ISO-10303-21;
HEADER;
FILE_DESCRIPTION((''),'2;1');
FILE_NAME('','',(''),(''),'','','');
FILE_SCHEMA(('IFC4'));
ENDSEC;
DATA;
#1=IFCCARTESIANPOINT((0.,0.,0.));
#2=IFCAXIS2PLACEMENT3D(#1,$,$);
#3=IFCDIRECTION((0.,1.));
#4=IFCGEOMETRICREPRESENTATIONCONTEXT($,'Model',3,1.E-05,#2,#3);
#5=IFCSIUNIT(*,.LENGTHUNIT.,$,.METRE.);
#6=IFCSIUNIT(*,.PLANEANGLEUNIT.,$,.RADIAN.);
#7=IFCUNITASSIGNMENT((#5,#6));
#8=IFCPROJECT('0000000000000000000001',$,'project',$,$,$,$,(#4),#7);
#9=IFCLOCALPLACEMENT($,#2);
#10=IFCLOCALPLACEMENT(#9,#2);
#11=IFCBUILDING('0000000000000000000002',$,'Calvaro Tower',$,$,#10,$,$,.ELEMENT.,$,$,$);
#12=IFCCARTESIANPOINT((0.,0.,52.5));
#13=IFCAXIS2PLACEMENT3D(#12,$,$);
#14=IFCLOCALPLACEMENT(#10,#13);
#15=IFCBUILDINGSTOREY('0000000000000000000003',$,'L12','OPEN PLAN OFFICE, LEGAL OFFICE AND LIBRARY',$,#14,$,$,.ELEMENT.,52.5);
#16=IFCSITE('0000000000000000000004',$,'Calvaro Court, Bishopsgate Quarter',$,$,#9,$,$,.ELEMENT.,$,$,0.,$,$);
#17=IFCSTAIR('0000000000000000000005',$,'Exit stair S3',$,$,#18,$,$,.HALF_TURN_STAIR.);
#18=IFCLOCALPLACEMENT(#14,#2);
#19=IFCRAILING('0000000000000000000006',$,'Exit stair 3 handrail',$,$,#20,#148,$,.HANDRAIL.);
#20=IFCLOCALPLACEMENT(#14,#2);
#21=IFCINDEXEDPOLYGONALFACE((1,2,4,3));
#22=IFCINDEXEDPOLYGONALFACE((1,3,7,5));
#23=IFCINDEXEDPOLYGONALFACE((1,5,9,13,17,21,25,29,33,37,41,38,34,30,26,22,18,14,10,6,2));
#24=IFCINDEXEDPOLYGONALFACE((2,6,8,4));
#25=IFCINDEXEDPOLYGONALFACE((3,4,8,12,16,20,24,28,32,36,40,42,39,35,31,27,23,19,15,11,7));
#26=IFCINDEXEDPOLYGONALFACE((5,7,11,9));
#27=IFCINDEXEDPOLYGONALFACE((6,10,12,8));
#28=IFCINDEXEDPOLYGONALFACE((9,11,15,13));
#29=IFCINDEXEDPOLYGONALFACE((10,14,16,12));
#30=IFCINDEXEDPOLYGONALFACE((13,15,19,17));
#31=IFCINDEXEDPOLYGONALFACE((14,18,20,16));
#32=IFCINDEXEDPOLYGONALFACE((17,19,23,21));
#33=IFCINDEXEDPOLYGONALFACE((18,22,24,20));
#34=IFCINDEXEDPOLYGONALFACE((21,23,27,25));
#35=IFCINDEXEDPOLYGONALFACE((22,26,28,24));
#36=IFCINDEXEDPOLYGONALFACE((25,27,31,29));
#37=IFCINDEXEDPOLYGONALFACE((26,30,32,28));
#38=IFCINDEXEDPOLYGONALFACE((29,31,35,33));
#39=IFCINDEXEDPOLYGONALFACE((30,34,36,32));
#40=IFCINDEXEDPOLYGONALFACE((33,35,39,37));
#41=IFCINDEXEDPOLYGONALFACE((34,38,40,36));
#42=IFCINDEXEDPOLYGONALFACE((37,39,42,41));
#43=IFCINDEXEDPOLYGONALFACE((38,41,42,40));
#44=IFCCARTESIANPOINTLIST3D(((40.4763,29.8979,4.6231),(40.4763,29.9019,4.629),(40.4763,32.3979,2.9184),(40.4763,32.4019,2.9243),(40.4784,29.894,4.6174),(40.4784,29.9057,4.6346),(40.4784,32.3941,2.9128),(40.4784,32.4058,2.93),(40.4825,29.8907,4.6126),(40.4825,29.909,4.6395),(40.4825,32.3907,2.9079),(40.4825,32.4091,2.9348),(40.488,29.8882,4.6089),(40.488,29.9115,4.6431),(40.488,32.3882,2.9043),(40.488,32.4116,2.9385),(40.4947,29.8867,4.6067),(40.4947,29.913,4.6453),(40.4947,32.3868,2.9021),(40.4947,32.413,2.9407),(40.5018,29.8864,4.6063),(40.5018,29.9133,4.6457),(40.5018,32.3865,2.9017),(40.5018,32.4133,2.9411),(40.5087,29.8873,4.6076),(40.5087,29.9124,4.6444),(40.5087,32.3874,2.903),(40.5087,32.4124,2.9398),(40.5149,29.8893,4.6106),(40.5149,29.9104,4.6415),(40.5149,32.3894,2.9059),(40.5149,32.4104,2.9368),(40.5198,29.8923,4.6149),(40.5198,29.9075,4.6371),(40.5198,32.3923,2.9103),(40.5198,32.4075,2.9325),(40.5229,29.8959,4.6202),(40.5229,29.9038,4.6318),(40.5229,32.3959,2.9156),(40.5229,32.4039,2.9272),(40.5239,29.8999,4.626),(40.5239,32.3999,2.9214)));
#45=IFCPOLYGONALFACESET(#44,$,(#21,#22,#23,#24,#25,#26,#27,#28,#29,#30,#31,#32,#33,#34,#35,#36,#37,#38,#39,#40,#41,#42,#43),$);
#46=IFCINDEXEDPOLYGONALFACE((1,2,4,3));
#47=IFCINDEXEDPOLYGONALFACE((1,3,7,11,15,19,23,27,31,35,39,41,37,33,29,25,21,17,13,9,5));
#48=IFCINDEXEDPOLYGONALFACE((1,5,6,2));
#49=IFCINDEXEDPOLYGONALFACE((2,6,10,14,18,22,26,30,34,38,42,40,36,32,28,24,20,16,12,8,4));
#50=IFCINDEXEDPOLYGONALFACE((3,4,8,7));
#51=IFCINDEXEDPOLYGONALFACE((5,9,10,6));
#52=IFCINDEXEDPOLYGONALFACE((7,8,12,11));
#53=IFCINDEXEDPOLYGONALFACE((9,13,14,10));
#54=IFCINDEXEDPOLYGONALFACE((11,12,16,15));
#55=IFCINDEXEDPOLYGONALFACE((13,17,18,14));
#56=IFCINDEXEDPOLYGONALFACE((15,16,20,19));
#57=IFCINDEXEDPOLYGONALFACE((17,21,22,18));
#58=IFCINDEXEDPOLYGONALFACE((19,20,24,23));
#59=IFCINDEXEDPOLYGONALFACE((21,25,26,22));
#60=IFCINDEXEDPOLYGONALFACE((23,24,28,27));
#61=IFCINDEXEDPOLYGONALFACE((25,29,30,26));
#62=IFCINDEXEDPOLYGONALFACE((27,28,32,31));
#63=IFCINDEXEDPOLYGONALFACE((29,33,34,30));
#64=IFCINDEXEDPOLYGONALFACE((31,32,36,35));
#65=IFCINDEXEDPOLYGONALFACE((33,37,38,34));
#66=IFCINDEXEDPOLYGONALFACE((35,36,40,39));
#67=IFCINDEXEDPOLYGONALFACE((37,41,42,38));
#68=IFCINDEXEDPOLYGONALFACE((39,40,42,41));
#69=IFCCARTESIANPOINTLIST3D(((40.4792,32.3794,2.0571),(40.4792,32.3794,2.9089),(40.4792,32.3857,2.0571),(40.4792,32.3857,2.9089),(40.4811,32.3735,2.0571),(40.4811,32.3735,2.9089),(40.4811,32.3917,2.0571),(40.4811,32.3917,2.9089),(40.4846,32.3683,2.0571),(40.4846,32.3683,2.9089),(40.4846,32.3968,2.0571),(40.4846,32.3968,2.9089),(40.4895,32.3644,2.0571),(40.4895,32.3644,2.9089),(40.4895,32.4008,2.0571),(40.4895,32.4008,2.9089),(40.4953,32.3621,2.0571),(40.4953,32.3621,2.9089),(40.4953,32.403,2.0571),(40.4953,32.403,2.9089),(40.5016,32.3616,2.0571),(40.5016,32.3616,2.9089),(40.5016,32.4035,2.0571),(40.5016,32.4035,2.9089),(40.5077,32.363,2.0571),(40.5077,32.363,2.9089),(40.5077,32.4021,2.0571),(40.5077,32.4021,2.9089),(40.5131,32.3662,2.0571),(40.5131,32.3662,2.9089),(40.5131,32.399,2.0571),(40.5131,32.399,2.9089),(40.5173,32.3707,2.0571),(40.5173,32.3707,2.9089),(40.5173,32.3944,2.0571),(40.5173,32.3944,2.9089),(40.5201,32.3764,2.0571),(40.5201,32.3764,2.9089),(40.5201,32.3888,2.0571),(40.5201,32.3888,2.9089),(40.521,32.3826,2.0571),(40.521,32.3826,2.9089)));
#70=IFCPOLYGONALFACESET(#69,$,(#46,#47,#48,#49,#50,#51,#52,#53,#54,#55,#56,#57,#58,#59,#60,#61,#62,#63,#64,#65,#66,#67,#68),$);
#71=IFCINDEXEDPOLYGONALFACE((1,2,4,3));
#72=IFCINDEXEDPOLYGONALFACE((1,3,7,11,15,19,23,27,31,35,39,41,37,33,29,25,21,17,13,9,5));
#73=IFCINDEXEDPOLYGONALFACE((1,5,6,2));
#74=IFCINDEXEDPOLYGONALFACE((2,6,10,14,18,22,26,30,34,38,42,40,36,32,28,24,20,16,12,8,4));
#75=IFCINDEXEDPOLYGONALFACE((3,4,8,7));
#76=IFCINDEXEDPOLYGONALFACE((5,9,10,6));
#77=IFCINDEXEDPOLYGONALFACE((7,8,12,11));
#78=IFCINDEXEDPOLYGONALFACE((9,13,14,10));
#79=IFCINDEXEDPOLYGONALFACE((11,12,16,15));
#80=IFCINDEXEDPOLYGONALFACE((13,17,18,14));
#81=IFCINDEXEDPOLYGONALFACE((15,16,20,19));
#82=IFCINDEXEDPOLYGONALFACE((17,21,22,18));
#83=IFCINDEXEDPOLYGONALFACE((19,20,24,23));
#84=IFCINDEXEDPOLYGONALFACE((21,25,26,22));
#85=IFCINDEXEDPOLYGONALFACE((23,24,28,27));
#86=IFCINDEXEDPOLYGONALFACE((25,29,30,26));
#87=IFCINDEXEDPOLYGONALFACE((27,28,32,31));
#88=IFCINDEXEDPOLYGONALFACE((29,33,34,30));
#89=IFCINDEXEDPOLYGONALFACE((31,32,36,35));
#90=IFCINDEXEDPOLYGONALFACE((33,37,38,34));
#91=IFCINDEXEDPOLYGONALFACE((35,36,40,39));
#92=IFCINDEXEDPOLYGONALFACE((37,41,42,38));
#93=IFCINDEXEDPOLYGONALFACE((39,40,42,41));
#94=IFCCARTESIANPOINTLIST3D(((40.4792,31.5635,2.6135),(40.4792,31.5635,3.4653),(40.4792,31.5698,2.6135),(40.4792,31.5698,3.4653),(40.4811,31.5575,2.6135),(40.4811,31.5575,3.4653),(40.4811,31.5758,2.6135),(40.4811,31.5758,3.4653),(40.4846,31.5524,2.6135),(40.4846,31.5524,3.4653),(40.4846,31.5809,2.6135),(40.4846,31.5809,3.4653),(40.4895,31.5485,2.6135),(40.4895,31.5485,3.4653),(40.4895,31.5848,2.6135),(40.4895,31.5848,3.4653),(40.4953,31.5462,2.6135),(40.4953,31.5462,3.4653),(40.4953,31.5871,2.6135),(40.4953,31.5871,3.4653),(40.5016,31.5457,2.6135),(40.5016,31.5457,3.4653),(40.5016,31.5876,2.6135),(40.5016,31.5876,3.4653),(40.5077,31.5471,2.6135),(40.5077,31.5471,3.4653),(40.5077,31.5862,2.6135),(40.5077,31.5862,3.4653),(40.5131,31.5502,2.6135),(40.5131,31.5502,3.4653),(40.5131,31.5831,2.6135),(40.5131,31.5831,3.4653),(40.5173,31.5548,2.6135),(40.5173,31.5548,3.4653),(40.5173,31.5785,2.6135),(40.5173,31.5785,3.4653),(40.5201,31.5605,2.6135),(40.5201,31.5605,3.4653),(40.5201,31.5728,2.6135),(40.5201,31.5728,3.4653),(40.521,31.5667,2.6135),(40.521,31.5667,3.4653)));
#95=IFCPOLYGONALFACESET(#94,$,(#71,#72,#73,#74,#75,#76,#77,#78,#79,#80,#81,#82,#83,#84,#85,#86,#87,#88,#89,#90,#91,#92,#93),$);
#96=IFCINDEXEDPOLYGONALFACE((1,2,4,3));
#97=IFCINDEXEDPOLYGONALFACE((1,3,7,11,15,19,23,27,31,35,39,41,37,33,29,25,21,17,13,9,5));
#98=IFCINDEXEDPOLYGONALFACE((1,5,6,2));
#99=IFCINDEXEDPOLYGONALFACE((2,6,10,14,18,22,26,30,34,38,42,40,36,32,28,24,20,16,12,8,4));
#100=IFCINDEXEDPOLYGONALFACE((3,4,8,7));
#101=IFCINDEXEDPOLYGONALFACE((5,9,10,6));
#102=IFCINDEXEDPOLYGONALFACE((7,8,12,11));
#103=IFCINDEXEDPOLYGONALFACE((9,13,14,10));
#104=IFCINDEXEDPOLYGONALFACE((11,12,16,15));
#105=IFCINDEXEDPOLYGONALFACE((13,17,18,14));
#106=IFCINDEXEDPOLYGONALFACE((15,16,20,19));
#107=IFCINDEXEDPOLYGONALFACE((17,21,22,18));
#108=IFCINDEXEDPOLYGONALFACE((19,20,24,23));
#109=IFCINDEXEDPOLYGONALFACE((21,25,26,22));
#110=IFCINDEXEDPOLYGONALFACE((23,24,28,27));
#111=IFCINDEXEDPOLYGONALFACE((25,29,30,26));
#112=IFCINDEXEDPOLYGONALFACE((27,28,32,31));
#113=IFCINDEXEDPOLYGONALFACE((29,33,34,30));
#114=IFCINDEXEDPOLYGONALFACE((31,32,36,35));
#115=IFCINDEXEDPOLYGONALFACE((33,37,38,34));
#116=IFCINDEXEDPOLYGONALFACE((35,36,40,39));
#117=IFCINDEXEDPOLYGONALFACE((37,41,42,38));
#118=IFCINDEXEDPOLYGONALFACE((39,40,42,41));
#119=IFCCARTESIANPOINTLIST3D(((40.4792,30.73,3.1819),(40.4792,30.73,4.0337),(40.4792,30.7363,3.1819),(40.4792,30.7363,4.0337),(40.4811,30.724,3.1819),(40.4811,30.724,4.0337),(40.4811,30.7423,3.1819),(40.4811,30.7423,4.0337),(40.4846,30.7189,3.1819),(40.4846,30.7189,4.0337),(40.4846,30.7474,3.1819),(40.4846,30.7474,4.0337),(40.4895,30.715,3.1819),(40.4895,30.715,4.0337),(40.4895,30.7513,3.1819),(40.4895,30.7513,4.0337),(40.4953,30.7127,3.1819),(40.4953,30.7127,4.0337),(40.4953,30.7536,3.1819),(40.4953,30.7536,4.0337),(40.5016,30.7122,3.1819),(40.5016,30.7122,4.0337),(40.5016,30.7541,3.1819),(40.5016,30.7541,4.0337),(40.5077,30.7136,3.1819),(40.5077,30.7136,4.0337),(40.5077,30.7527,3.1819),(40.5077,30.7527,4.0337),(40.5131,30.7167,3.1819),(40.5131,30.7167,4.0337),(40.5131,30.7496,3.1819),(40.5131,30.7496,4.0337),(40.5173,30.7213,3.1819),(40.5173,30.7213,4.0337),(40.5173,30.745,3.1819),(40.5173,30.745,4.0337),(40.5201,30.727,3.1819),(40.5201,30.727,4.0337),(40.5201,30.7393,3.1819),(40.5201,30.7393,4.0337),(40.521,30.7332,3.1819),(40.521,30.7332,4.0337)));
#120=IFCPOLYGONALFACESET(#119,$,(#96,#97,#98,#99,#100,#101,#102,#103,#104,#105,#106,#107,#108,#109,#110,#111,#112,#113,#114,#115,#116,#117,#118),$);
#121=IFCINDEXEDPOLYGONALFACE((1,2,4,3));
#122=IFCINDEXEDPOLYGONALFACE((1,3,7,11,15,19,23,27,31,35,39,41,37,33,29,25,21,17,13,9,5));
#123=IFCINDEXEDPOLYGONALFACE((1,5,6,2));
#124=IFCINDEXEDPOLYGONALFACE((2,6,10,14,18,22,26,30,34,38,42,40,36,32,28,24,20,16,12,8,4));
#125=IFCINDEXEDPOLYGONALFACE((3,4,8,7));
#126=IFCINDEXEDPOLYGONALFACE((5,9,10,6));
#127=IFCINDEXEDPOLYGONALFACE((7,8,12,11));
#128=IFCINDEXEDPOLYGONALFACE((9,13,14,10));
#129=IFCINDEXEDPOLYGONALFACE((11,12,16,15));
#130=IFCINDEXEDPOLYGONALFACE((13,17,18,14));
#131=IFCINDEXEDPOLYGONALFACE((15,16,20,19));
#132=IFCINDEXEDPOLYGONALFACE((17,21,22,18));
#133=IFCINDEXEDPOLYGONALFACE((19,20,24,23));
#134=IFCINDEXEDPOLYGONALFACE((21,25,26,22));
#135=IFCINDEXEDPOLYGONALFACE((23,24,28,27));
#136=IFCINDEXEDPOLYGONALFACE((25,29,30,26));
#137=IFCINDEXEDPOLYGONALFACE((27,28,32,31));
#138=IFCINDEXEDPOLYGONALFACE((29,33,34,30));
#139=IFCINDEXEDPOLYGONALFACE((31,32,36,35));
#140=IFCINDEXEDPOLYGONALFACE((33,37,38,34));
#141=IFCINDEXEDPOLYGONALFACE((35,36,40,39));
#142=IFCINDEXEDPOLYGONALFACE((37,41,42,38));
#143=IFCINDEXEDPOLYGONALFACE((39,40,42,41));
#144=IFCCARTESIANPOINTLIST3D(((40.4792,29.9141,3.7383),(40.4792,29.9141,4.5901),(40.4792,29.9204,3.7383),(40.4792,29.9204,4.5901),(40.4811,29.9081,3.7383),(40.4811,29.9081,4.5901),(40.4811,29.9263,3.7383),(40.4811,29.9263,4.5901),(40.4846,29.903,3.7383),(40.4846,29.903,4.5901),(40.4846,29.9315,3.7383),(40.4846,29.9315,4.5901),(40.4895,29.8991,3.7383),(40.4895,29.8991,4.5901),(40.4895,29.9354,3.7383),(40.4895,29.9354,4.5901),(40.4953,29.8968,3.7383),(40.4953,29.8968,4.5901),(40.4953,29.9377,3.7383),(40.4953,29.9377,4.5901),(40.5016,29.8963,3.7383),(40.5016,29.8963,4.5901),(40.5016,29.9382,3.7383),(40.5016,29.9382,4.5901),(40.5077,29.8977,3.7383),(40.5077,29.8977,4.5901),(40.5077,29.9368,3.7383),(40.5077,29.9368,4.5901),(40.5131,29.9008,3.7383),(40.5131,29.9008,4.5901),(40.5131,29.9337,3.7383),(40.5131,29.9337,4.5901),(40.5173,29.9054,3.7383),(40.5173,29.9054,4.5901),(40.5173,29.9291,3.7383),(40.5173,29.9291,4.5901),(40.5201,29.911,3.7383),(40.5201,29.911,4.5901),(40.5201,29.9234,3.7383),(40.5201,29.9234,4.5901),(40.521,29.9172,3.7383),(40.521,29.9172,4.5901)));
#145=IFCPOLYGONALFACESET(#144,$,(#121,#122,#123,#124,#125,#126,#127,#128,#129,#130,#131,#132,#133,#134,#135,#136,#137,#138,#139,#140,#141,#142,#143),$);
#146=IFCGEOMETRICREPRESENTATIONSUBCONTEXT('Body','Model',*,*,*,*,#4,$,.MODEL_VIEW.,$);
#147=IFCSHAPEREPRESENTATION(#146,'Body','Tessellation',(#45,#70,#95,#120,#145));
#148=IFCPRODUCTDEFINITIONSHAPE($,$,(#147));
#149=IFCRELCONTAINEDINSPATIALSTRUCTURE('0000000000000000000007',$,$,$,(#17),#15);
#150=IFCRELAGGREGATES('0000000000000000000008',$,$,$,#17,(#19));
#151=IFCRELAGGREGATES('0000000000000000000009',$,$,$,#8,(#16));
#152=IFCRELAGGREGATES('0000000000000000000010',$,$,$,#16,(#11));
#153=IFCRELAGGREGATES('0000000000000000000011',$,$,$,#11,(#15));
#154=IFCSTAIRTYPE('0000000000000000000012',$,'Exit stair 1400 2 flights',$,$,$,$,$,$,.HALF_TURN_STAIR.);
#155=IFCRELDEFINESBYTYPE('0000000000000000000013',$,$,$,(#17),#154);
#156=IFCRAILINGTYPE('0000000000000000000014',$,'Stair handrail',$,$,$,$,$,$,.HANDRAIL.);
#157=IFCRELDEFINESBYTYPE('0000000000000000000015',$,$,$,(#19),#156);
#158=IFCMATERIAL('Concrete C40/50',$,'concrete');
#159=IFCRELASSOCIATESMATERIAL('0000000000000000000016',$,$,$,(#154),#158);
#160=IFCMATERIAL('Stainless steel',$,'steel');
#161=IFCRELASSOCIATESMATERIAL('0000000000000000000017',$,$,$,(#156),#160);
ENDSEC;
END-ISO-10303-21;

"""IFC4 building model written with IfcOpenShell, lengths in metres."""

from ifc_helpers import new_model, si_unit, direction, frame, origin, origin_2d, place, context, subcontext, project, spatial, circle, extrude, material, type_object, element, aggregate, save


model = new_model("IFC4")

# Units and contexts
model_context = context("Model", 3, precision=1e-05, world=origin(), true_north=direction((0.0, 1.0)))
body_context = subcontext(model_context, "Body", "Model", "MODEL_VIEW")
ifc_project = project(units=[si_unit("LENGTHUNIT", "METRE"), si_unit("PLANEANGLEUNIT", "RADIAN")], contexts=[model_context])

# Site, building, storey
site_placement = place(None, origin())
site = spatial("IfcSite", under=ifc_project, at=site_placement, Name="Calvaro Court, Bishopsgate Quarter", CompositionType="ELEMENT", RefElevation=0.0)
building_placement = place(site_placement, origin())
building = spatial("IfcBuilding", under=site, at=building_placement, Name="Calvaro Tower", CompositionType="ELEMENT")
storey_placement = place(building_placement, frame((0.0, 0.0, 52.5)))
storey = spatial("IfcBuildingStorey", under=building, at=storey_placement, Name="L12", Description="OPEN PLAN OFFICE, LEGAL OFFICE AND LIBRARY", CompositionType="ELEMENT", Elevation=52.5)

# Stair
ifc_material_1 = material(Name="Concrete C40/50", Category="concrete")
stair_type = type_object("IfcStairType", Name="Exit stair 1400 2 flights", PredefinedType="HALF_TURN_STAIR", material=ifc_material_1)
stair_1_placement = place(storey_placement, origin())
stair_1 = element("IfcStair", 1, at=stair_1_placement, inside=storey, type_object=stair_type, Name="Exit stair S3", PredefinedType="HALF_TURN_STAIR")

# Railing
ifc_material_2 = material(Name="Stainless steel", Category="steel")
railing_type = type_object("IfcRailingType", Name="Stair handrail", PredefinedType="HANDRAIL", material=ifc_material_2)
railing_1_placement = place(storey_placement, frame((40.5, 32.3999, 2.0454)))
railing_1 = element("IfcRailing", 2, at=railing_1_placement, type_object=railing_type, Name="Exit stair 3 handrail", PredefinedType="HANDRAIL", context=body_context, shape_type="SweptSolid", body=[
    extrude(circle(Radius=0.0239, at=origin_2d()), frame((0.0, 0.0, 0.876), z_axis=(0.0, -0.826221, 0.563347), x_axis=(1.0, 0.0, 0.0)), (0.0, 0.0, 1.0), 3.0259),
    extrude(circle(Radius=0.021, at=origin_2d()), frame((0.0, -0.0173, 0.0117)), (0.0, 0.0, 1.0), 0.8518),
    extrude(circle(Radius=0.021, at=origin_2d()), frame((0.0, -0.8333, 0.5681)), (0.0, 0.0, 1.0), 0.8518),
    extrude(circle(Radius=0.021, at=origin_2d()), frame((0.0, -1.6667, 1.1365)), (0.0, 0.0, 1.0), 0.8518),
    extrude(circle(Radius=0.021, at=origin_2d()), frame((0.0, -2.4827, 1.6929)), (0.0, 0.0, 1.0), 0.8518),
])
aggregate(stair_1, [railing_1])

save(model, "model.ifc")
